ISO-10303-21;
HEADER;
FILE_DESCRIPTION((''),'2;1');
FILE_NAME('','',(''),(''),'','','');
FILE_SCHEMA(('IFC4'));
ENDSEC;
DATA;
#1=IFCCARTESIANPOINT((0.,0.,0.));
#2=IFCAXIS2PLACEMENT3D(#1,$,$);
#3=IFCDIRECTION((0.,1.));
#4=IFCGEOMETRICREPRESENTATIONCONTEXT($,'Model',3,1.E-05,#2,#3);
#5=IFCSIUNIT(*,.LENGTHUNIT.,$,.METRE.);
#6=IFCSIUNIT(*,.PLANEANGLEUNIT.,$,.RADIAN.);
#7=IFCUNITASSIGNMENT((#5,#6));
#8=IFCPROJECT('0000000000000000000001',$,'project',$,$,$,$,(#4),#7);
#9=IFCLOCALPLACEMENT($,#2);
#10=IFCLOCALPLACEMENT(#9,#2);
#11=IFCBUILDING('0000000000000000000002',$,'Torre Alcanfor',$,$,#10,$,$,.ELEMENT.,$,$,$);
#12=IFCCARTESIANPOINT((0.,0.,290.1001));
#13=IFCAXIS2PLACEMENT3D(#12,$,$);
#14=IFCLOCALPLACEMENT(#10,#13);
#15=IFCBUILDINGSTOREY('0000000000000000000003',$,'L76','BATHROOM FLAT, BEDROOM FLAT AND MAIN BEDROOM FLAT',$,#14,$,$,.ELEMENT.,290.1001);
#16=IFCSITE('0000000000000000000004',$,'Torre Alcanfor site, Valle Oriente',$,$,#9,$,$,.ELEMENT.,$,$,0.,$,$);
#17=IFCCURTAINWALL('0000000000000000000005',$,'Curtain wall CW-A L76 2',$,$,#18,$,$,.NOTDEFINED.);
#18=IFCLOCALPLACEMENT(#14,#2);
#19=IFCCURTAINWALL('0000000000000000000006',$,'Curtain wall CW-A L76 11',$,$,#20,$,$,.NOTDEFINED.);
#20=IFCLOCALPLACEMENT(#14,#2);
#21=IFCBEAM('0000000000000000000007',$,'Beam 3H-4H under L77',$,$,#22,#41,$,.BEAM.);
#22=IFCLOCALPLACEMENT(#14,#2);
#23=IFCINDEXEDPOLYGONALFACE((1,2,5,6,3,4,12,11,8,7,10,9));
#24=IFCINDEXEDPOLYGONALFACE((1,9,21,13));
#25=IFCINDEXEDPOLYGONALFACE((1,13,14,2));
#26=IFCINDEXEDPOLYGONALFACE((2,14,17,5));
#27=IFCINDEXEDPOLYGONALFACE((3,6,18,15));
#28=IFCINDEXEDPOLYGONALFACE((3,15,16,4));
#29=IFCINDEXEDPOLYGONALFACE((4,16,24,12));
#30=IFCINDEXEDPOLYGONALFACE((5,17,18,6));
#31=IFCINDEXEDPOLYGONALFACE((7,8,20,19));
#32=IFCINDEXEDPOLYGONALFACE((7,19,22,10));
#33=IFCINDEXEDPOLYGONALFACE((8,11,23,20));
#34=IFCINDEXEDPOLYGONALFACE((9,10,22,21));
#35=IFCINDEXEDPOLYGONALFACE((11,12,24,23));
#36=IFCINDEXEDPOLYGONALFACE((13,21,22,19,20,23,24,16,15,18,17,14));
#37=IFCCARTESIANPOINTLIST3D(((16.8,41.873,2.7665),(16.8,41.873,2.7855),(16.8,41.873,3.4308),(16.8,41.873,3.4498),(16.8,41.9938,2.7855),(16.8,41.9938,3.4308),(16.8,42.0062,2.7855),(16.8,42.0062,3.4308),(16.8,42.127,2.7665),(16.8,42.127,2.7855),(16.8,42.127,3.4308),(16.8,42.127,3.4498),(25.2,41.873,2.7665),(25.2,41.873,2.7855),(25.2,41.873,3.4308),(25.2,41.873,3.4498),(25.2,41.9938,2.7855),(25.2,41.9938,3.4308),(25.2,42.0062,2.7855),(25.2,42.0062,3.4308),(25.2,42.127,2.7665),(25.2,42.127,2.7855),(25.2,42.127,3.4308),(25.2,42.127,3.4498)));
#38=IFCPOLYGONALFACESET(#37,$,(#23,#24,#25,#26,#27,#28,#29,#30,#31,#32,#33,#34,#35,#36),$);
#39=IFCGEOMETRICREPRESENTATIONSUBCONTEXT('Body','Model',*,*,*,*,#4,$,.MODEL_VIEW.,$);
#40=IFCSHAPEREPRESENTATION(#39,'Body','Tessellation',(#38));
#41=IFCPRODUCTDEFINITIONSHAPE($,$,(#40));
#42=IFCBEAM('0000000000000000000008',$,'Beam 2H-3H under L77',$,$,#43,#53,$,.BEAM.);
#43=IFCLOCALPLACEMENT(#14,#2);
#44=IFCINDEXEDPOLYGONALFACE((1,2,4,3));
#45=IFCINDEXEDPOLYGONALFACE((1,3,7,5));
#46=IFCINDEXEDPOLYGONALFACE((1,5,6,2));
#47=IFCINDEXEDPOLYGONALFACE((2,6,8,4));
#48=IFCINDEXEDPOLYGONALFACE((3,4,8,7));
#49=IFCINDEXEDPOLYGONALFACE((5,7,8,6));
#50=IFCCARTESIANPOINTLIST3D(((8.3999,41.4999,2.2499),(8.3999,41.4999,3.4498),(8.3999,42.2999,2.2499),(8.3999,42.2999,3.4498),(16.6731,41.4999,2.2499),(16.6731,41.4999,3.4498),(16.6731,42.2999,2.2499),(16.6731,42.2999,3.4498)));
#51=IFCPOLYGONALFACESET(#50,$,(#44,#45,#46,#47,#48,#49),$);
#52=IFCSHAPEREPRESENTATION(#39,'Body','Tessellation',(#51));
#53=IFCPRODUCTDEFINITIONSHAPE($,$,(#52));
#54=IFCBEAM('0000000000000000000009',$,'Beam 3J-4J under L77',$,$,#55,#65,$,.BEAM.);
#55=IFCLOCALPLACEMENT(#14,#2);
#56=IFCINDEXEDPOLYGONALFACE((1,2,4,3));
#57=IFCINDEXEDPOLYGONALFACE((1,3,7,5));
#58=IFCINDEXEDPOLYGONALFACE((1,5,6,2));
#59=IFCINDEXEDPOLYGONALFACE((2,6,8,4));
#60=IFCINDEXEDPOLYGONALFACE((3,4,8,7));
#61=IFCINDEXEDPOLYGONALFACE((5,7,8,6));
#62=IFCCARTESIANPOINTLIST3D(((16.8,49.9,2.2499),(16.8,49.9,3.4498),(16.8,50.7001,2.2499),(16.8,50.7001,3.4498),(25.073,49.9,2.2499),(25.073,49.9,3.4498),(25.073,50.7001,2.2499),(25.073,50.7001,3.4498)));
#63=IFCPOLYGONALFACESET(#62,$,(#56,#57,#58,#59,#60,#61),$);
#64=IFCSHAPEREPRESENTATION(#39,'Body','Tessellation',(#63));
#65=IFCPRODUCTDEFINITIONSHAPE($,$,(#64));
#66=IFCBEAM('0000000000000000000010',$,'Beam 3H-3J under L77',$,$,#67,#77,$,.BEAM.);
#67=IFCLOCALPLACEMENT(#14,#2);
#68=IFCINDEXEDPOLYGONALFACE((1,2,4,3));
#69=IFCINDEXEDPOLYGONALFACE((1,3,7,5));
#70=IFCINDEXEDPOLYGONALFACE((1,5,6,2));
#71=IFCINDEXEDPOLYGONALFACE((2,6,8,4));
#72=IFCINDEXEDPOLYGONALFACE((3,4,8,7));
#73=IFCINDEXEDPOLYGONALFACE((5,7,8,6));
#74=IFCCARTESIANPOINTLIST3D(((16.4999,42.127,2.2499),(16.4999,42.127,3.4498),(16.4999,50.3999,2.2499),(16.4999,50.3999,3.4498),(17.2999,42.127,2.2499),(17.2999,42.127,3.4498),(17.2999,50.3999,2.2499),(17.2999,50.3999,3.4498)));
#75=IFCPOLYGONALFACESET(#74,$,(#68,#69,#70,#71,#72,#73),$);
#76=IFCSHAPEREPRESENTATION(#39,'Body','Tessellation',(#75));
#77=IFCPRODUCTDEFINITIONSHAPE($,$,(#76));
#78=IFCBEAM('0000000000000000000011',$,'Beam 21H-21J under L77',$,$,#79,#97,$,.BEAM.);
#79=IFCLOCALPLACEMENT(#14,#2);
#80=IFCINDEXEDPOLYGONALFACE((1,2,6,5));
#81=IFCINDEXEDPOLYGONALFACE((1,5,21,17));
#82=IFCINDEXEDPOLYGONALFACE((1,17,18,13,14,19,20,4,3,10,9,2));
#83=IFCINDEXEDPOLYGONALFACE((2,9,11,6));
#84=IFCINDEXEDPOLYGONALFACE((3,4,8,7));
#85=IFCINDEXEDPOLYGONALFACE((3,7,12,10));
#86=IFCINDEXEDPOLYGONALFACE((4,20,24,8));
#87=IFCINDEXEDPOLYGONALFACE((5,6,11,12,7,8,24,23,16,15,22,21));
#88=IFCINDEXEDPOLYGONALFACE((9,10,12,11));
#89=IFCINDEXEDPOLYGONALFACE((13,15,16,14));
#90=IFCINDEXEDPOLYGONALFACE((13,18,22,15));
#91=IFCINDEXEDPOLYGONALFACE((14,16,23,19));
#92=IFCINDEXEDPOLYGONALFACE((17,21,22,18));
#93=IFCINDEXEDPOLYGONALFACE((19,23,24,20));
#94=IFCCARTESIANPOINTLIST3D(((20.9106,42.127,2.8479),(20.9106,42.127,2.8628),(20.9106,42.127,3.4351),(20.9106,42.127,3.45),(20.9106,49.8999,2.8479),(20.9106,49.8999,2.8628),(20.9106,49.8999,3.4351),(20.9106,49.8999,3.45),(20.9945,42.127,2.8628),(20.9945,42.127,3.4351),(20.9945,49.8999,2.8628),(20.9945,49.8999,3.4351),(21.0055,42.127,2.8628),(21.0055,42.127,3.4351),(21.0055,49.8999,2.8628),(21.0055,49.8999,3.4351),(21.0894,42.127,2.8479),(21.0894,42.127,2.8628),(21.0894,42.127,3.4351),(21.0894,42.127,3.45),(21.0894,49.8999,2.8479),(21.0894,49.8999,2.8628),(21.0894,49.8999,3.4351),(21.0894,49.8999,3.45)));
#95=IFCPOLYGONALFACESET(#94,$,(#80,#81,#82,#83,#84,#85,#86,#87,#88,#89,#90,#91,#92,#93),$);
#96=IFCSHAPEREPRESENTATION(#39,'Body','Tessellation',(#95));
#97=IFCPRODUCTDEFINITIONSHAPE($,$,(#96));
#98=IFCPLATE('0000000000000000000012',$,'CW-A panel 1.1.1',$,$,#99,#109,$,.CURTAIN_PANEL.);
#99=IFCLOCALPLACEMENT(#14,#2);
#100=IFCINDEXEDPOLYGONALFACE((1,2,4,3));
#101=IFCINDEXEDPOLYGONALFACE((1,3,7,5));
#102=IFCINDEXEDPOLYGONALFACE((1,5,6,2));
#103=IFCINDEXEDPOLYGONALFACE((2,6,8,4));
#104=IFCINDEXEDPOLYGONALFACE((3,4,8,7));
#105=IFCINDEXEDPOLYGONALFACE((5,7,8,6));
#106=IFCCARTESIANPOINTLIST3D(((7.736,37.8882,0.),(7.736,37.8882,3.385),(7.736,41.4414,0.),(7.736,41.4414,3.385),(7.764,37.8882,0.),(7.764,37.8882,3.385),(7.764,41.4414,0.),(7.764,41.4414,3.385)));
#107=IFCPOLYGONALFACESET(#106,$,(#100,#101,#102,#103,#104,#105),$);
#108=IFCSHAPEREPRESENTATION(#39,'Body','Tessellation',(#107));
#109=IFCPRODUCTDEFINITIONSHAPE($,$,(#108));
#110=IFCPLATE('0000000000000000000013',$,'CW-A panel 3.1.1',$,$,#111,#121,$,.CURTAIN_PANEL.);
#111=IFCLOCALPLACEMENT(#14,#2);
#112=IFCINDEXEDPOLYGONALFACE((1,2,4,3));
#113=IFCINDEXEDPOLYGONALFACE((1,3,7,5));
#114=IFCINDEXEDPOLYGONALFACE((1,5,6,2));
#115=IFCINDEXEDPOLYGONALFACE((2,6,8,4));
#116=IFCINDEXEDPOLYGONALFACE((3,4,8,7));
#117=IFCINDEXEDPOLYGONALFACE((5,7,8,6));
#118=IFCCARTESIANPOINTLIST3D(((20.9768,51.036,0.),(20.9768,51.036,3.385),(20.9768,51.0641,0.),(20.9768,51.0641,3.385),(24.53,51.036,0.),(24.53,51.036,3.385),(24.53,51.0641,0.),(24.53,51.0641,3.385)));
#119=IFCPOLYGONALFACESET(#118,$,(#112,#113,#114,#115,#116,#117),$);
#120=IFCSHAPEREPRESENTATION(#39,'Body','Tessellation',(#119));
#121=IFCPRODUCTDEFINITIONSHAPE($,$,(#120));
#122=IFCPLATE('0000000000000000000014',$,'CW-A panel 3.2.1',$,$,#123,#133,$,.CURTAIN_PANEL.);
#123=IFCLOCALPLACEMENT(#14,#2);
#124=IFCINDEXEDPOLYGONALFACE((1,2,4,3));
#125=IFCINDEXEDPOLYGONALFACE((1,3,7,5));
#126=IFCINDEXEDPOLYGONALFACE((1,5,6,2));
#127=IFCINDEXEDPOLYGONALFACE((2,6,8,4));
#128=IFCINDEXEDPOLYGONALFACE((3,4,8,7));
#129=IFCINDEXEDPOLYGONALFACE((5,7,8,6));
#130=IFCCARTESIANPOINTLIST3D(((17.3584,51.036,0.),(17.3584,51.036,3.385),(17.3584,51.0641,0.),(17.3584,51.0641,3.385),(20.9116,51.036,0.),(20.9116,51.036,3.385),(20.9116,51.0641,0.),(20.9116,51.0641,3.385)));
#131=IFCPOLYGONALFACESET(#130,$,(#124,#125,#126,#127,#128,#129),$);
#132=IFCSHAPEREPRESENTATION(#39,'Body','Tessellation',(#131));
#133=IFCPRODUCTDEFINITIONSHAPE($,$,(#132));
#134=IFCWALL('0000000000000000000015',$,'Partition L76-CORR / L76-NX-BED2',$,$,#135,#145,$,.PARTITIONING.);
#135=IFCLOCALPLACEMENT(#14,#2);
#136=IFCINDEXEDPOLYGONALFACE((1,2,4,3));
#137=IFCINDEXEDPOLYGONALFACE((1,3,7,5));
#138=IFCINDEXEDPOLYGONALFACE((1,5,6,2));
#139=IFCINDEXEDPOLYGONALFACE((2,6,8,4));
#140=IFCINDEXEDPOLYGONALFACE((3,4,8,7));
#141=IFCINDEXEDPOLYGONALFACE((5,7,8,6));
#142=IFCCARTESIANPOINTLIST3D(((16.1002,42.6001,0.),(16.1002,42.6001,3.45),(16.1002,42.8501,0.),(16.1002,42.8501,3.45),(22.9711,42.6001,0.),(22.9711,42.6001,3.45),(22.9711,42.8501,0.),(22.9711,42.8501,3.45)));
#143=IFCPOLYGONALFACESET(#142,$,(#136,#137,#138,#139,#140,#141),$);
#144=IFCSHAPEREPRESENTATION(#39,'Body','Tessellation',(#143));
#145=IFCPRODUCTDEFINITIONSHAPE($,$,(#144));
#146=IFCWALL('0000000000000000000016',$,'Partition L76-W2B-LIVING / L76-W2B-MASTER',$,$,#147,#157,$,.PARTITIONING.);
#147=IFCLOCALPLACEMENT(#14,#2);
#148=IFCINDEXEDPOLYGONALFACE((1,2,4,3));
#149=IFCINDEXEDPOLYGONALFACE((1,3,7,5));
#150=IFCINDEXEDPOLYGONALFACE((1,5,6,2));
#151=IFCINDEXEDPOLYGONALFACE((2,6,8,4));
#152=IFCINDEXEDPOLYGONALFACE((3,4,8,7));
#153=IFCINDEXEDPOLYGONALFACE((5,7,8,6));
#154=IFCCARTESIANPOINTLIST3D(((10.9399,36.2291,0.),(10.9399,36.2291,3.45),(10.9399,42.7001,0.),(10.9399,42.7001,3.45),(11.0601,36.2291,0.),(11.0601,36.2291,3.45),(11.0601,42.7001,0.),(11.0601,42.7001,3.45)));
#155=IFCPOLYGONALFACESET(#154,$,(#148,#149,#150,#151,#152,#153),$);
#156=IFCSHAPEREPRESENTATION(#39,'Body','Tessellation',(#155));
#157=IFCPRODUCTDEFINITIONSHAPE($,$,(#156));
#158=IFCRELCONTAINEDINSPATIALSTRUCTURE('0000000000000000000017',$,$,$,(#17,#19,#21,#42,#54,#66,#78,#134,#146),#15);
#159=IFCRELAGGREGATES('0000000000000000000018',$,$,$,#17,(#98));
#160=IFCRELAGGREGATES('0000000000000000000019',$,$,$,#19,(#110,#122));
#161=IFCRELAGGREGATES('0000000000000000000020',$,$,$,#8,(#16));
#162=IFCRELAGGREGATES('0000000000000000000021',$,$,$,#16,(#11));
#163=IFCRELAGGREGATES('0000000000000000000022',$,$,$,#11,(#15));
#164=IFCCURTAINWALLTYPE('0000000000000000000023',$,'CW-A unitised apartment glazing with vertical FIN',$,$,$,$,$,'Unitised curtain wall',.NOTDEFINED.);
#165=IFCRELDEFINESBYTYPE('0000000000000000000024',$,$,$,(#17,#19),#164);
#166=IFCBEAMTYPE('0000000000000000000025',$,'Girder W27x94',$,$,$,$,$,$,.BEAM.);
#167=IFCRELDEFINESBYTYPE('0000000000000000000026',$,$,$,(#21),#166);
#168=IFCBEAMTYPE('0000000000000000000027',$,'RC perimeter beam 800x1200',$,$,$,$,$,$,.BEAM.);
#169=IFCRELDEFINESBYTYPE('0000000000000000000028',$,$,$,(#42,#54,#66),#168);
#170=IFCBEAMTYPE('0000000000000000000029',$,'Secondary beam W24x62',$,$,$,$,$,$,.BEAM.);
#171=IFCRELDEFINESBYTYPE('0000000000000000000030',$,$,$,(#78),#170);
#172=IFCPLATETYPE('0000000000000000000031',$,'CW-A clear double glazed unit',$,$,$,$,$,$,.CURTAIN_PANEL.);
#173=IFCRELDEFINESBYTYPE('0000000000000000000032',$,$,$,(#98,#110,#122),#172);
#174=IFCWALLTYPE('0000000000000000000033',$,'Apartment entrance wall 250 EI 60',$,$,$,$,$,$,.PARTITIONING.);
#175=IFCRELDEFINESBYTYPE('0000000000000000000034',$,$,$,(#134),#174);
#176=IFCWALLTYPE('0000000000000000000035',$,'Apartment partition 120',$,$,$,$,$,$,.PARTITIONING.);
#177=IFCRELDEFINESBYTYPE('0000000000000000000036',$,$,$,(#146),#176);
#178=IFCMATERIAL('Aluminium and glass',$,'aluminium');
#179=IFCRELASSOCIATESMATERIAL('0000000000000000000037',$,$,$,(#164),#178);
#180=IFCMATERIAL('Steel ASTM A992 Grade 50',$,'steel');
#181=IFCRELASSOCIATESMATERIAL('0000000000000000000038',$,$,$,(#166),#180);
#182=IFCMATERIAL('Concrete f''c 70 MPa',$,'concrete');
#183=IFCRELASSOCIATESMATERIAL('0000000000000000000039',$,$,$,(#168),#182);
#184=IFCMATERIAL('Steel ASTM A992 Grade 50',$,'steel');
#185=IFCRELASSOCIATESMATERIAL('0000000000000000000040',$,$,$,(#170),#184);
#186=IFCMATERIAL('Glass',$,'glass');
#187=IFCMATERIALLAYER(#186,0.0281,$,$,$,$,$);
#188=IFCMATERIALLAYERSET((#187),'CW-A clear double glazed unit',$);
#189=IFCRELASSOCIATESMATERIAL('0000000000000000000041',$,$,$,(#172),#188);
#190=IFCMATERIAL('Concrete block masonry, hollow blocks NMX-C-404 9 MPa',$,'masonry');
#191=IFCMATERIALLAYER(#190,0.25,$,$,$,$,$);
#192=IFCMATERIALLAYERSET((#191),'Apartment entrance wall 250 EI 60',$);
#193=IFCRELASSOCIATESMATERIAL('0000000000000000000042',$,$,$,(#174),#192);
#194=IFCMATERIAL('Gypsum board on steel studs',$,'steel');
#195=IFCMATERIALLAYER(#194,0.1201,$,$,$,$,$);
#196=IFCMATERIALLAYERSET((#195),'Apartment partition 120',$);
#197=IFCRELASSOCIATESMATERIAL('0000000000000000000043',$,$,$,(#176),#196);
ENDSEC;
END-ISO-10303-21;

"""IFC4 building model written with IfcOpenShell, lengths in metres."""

from ifc_helpers import new_model, si_unit, direction, frame, frame_2d, origin, origin_2d, place, context, subcontext, project, spatial, rectangle, i_section, extrude, material, layer, layer_set, material_profile, profile_set, type_object, element, aggregate, save


model = new_model("IFC4")

# Units and contexts
model_context = context("Model", 3, precision=1e-05, world=origin(), true_north=direction((0.0, 1.0)))
body_context = subcontext(model_context, "Body", "Model", "MODEL_VIEW")
ifc_project = project(units=[si_unit("LENGTHUNIT", "METRE"), si_unit("PLANEANGLEUNIT", "RADIAN")], contexts=[model_context])

# Site, building, storey
site_placement = place(None, origin())
site = spatial("IfcSite", under=ifc_project, at=site_placement, Name="Torre Alcanfor site, Valle Oriente", CompositionType="ELEMENT", RefElevation=0.0)
building_placement = place(site_placement, origin())
building = spatial("IfcBuilding", under=site, at=building_placement, Name="Torre Alcanfor", CompositionType="ELEMENT")
storey_placement = place(building_placement, frame((0.0, 0.0, 290.1001)))
storey = spatial("IfcBuildingStorey", under=building, at=storey_placement, Name="L76", Description="BATHROOM FLAT, BEDROOM FLAT AND MAIN BEDROOM FLAT", CompositionType="ELEMENT", Elevation=290.1001)

# Curtain wall
ifc_material_1 = material(Name="Aluminium and glass", Category="aluminium")
curtain_wall_type = type_object("IfcCurtainWallType", Name="CW-A unitised apartment glazing with vertical FIN", ElementType="Unitised curtain wall", PredefinedType="NOTDEFINED", material=ifc_material_1)
curtain_wall_1_placement = place(storey_placement, origin())
curtain_wall_1 = element("IfcCurtainWall", 1, at=curtain_wall_1_placement, inside=storey, type_object=curtain_wall_type, Name="Curtain wall CW-A L76 2", PredefinedType="NOTDEFINED")

# Curtain wall
curtain_wall_2_placement = place(storey_placement, origin())
curtain_wall_2 = element("IfcCurtainWall", 2, at=curtain_wall_2_placement, inside=storey, type_object=curtain_wall_type, Name="Curtain wall CW-A L76 11", PredefinedType="NOTDEFINED")

# Beams
ifc_material_2 = material(Name="Steel ASTM A992 Grade 50", Category="steel")
ifc_material_profile_1 = material_profile(ifc_material_2, i_section(OverallWidth=0.2539, OverallDepth=0.6833, WebThickness=0.0125, FlangeThickness=0.019, at=origin_2d()), Name="W27x94")
ifc_profile_set_1 = profile_set([ifc_material_profile_1], Name="Steel ASTM A992 Grade 50")
beam_type_1 = type_object("IfcBeamType", Name="Girder W27x94", PredefinedType="BEAM", material=ifc_profile_set_1)
beam_1_placement = place(storey_placement, frame((16.8, 42.0, 3.1082), z_axis=(1.0, 0.0, 0.0), x_axis=(0.0, 1.0, 0.0)))
element("IfcBeam", 3, at=beam_1_placement, inside=storey, type_object=beam_type_1, Name="Beam 3H-4H under L77", PredefinedType="BEAM", context=body_context, shape_type="SweptSolid", body=[
    extrude(i_section(OverallWidth=0.2539, OverallDepth=0.6833, WebThickness=0.0125, FlangeThickness=0.019, at=origin_2d()), origin(), (0.0, 0.0, 1.0), 8.3999),
])
ifc_material_3 = material(Name="Concrete f'c 70 MPa", Category="concrete")
ifc_material_profile_2 = material_profile(ifc_material_3, rectangle(XDim=0.8, YDim=1.2, at=origin_2d()), Name="800x1200")
ifc_profile_set_2 = profile_set([ifc_material_profile_2], Name="Concrete f'c 70 MPa")
beam_type_2 = type_object("IfcBeamType", Name="RC perimeter beam 800x1200", PredefinedType="BEAM", material=ifc_profile_set_2)
beam_2_placement = place(storey_placement, frame((8.3999, 41.8999, 2.8499), z_axis=(1.0, 0.0, 0.0), x_axis=(0.0, 1.0, 0.0)))
element("IfcBeam", 4, at=beam_2_placement, inside=storey, type_object=beam_type_2, Name="Beam 2H-3H under L77", PredefinedType="BEAM", context=body_context, shape_type="SweptSolid", body=[
    extrude(rectangle(XDim=0.8, YDim=1.2, at=origin_2d()), origin(), (0.0, 0.0, 1.0), 8.2732),
])
for number, where, z_axis, x_axis, name in (
    (5, (16.8, 50.3, 2.8499), (1.0, 0.0, 0.0), (0.0, 1.0, 0.0), "Beam 3J-4J under L77"),
    (6, (16.8999, 42.127, 2.8499), (0.0, 1.0, 0.0), (-1.0, 0.0, 0.0), "Beam 3H-3J under L77"),
):
    element("IfcBeam", number, at=place(storey_placement, frame(where, z_axis=z_axis, x_axis=x_axis)), inside=storey, type_object=beam_type_2, Name=name, PredefinedType="BEAM", context=body_context, shape_type="SweptSolid", body=[
        extrude(rectangle(XDim=0.8, YDim=1.2, at=origin_2d()), origin(), (0.0, 0.0, 1.0), 8.2729),
    ])
ifc_material_4 = material(Name="Steel ASTM A992 Grade 50", Category="steel")
ifc_material_profile_3 = material_profile(ifc_material_4, i_section(OverallWidth=0.1787, OverallDepth=0.6021, WebThickness=0.011, FlangeThickness=0.0149, at=origin_2d()), Name="W24x62")
ifc_profile_set_3 = profile_set([ifc_material_profile_3], Name="Steel ASTM A992 Grade 50")
beam_type_3 = type_object("IfcBeamType", Name="Secondary beam W24x62", PredefinedType="BEAM", material=ifc_profile_set_3)
beam_3_placement = place(storey_placement, frame((21.0, 42.127, 3.1489), z_axis=(0.0, 1.0, 0.0), x_axis=(-1.0, 0.0, 0.0)))
element("IfcBeam", 7, at=beam_3_placement, inside=storey, type_object=beam_type_3, Name="Beam 21H-21J under L77", PredefinedType="BEAM", context=body_context, shape_type="SweptSolid", body=[
    extrude(i_section(OverallWidth=0.1787, OverallDepth=0.6021, WebThickness=0.011, FlangeThickness=0.0149, at=origin_2d()), origin(), (0.0, 0.0, 1.0), 7.7729),
])

# Plates
ifc_material_5 = material(Name="Glass", Category="glass")
ifc_layer_1 = layer(ifc_material_5, 0.0281)
ifc_layer_set_1 = layer_set([ifc_layer_1], Name="CW-A clear double glazed unit")
plate_type = type_object("IfcPlateType", Name="CW-A clear double glazed unit", PredefinedType="CURTAIN_PANEL", material=ifc_layer_set_1)
plate_1_placement = place(storey_placement, frame((7.75, 39.6648, 0.0), z_axis=(0.0, 0.0, 1.0), x_axis=(0.0, -1.0, 0.0)))
plate_1 = element("IfcPlate", 8, at=plate_1_placement, type_object=plate_type, Name="CW-A panel 1.1.1", PredefinedType="CURTAIN_PANEL", context=body_context, shape_type="SweptSolid", body=[
    extrude(rectangle(XDim=3.5532, YDim=0.0281, at=origin_2d()), origin(), (0.0, 0.0, 1.0), 3.385),
])
aggregate(curtain_wall_1, [plate_1])
plate_2_placement = place(storey_placement, frame((22.7534, 51.05, 0.0), z_axis=(0.0, 0.0, 1.0), x_axis=(-1.0, 0.0, 0.0)))
plate_2 = element("IfcPlate", 9, at=plate_2_placement, type_object=plate_type, Name="CW-A panel 3.1.1", PredefinedType="CURTAIN_PANEL", context=body_context, shape_type="SweptSolid", body=[
    extrude(rectangle(XDim=3.5532, YDim=0.0281, at=origin_2d()), origin(), (0.0, 0.0, 1.0), 3.385),
])
plate_3_placement = place(storey_placement, frame((19.135, 51.05, 0.0), z_axis=(0.0, 0.0, 1.0), x_axis=(-1.0, 0.0, 0.0)))
plate_3 = element("IfcPlate", 10, at=plate_3_placement, type_object=plate_type, Name="CW-A panel 3.2.1", PredefinedType="CURTAIN_PANEL", context=body_context, shape_type="SweptSolid", body=[
    extrude(rectangle(XDim=3.5532, YDim=0.0281, at=origin_2d()), origin(), (0.0, 0.0, 1.0), 3.385),
])
aggregate(curtain_wall_2, [plate_2, plate_3])

# Walls
ifc_material_6 = material(Name="Concrete block masonry, hollow blocks NMX-C-404 9 MPa", Category="masonry")
ifc_layer_2 = layer(ifc_material_6, 0.25)
ifc_layer_set_2 = layer_set([ifc_layer_2], Name="Apartment entrance wall 250 EI 60")
wall_type_1 = type_object("IfcWallType", Name="Apartment entrance wall 250 EI 60", PredefinedType="PARTITIONING", material=ifc_layer_set_2)
wall_1_placement = place(storey_placement, frame((16.1001, 42.7251, 0.0), z_axis=(0.0, 0.0, 1.0), x_axis=(1.0, 0.0, 0.0)))
element("IfcWall", 11, at=wall_1_placement, inside=storey, type_object=wall_type_1, Name="Partition L76-CORR / L76-NX-BED2", PredefinedType="PARTITIONING", context=body_context, shape_type="SweptSolid", body=[
    extrude(rectangle(XDim=6.8708, YDim=0.25, at=frame_2d((3.4355, 0.0))), origin(), (0.0, 0.0, 1.0), 3.45),
])
ifc_material_7 = material(Name="Gypsum board on steel studs", Category="steel")
ifc_layer_3 = layer(ifc_material_7, 0.1201)
ifc_layer_set_3 = layer_set([ifc_layer_3], Name="Apartment partition 120")
wall_type_2 = type_object("IfcWallType", Name="Apartment partition 120", PredefinedType="PARTITIONING", material=ifc_layer_set_3)
wall_2_placement = place(storey_placement, frame((11.0, 42.7, 0.0), z_axis=(0.0, 0.0, 1.0), x_axis=(0.0, -1.0, 0.0)))
element("IfcWall", 12, at=wall_2_placement, inside=storey, type_object=wall_type_2, Name="Partition L76-W2B-LIVING / L76-W2B-MASTER", PredefinedType="PARTITIONING", context=body_context, shape_type="SweptSolid", body=[
    extrude(rectangle(XDim=6.4709, YDim=0.1201, at=frame_2d((3.2354, 0.0))), origin(), (0.0, 0.0, 1.0), 3.45),
])

save(model, "model.ifc")
